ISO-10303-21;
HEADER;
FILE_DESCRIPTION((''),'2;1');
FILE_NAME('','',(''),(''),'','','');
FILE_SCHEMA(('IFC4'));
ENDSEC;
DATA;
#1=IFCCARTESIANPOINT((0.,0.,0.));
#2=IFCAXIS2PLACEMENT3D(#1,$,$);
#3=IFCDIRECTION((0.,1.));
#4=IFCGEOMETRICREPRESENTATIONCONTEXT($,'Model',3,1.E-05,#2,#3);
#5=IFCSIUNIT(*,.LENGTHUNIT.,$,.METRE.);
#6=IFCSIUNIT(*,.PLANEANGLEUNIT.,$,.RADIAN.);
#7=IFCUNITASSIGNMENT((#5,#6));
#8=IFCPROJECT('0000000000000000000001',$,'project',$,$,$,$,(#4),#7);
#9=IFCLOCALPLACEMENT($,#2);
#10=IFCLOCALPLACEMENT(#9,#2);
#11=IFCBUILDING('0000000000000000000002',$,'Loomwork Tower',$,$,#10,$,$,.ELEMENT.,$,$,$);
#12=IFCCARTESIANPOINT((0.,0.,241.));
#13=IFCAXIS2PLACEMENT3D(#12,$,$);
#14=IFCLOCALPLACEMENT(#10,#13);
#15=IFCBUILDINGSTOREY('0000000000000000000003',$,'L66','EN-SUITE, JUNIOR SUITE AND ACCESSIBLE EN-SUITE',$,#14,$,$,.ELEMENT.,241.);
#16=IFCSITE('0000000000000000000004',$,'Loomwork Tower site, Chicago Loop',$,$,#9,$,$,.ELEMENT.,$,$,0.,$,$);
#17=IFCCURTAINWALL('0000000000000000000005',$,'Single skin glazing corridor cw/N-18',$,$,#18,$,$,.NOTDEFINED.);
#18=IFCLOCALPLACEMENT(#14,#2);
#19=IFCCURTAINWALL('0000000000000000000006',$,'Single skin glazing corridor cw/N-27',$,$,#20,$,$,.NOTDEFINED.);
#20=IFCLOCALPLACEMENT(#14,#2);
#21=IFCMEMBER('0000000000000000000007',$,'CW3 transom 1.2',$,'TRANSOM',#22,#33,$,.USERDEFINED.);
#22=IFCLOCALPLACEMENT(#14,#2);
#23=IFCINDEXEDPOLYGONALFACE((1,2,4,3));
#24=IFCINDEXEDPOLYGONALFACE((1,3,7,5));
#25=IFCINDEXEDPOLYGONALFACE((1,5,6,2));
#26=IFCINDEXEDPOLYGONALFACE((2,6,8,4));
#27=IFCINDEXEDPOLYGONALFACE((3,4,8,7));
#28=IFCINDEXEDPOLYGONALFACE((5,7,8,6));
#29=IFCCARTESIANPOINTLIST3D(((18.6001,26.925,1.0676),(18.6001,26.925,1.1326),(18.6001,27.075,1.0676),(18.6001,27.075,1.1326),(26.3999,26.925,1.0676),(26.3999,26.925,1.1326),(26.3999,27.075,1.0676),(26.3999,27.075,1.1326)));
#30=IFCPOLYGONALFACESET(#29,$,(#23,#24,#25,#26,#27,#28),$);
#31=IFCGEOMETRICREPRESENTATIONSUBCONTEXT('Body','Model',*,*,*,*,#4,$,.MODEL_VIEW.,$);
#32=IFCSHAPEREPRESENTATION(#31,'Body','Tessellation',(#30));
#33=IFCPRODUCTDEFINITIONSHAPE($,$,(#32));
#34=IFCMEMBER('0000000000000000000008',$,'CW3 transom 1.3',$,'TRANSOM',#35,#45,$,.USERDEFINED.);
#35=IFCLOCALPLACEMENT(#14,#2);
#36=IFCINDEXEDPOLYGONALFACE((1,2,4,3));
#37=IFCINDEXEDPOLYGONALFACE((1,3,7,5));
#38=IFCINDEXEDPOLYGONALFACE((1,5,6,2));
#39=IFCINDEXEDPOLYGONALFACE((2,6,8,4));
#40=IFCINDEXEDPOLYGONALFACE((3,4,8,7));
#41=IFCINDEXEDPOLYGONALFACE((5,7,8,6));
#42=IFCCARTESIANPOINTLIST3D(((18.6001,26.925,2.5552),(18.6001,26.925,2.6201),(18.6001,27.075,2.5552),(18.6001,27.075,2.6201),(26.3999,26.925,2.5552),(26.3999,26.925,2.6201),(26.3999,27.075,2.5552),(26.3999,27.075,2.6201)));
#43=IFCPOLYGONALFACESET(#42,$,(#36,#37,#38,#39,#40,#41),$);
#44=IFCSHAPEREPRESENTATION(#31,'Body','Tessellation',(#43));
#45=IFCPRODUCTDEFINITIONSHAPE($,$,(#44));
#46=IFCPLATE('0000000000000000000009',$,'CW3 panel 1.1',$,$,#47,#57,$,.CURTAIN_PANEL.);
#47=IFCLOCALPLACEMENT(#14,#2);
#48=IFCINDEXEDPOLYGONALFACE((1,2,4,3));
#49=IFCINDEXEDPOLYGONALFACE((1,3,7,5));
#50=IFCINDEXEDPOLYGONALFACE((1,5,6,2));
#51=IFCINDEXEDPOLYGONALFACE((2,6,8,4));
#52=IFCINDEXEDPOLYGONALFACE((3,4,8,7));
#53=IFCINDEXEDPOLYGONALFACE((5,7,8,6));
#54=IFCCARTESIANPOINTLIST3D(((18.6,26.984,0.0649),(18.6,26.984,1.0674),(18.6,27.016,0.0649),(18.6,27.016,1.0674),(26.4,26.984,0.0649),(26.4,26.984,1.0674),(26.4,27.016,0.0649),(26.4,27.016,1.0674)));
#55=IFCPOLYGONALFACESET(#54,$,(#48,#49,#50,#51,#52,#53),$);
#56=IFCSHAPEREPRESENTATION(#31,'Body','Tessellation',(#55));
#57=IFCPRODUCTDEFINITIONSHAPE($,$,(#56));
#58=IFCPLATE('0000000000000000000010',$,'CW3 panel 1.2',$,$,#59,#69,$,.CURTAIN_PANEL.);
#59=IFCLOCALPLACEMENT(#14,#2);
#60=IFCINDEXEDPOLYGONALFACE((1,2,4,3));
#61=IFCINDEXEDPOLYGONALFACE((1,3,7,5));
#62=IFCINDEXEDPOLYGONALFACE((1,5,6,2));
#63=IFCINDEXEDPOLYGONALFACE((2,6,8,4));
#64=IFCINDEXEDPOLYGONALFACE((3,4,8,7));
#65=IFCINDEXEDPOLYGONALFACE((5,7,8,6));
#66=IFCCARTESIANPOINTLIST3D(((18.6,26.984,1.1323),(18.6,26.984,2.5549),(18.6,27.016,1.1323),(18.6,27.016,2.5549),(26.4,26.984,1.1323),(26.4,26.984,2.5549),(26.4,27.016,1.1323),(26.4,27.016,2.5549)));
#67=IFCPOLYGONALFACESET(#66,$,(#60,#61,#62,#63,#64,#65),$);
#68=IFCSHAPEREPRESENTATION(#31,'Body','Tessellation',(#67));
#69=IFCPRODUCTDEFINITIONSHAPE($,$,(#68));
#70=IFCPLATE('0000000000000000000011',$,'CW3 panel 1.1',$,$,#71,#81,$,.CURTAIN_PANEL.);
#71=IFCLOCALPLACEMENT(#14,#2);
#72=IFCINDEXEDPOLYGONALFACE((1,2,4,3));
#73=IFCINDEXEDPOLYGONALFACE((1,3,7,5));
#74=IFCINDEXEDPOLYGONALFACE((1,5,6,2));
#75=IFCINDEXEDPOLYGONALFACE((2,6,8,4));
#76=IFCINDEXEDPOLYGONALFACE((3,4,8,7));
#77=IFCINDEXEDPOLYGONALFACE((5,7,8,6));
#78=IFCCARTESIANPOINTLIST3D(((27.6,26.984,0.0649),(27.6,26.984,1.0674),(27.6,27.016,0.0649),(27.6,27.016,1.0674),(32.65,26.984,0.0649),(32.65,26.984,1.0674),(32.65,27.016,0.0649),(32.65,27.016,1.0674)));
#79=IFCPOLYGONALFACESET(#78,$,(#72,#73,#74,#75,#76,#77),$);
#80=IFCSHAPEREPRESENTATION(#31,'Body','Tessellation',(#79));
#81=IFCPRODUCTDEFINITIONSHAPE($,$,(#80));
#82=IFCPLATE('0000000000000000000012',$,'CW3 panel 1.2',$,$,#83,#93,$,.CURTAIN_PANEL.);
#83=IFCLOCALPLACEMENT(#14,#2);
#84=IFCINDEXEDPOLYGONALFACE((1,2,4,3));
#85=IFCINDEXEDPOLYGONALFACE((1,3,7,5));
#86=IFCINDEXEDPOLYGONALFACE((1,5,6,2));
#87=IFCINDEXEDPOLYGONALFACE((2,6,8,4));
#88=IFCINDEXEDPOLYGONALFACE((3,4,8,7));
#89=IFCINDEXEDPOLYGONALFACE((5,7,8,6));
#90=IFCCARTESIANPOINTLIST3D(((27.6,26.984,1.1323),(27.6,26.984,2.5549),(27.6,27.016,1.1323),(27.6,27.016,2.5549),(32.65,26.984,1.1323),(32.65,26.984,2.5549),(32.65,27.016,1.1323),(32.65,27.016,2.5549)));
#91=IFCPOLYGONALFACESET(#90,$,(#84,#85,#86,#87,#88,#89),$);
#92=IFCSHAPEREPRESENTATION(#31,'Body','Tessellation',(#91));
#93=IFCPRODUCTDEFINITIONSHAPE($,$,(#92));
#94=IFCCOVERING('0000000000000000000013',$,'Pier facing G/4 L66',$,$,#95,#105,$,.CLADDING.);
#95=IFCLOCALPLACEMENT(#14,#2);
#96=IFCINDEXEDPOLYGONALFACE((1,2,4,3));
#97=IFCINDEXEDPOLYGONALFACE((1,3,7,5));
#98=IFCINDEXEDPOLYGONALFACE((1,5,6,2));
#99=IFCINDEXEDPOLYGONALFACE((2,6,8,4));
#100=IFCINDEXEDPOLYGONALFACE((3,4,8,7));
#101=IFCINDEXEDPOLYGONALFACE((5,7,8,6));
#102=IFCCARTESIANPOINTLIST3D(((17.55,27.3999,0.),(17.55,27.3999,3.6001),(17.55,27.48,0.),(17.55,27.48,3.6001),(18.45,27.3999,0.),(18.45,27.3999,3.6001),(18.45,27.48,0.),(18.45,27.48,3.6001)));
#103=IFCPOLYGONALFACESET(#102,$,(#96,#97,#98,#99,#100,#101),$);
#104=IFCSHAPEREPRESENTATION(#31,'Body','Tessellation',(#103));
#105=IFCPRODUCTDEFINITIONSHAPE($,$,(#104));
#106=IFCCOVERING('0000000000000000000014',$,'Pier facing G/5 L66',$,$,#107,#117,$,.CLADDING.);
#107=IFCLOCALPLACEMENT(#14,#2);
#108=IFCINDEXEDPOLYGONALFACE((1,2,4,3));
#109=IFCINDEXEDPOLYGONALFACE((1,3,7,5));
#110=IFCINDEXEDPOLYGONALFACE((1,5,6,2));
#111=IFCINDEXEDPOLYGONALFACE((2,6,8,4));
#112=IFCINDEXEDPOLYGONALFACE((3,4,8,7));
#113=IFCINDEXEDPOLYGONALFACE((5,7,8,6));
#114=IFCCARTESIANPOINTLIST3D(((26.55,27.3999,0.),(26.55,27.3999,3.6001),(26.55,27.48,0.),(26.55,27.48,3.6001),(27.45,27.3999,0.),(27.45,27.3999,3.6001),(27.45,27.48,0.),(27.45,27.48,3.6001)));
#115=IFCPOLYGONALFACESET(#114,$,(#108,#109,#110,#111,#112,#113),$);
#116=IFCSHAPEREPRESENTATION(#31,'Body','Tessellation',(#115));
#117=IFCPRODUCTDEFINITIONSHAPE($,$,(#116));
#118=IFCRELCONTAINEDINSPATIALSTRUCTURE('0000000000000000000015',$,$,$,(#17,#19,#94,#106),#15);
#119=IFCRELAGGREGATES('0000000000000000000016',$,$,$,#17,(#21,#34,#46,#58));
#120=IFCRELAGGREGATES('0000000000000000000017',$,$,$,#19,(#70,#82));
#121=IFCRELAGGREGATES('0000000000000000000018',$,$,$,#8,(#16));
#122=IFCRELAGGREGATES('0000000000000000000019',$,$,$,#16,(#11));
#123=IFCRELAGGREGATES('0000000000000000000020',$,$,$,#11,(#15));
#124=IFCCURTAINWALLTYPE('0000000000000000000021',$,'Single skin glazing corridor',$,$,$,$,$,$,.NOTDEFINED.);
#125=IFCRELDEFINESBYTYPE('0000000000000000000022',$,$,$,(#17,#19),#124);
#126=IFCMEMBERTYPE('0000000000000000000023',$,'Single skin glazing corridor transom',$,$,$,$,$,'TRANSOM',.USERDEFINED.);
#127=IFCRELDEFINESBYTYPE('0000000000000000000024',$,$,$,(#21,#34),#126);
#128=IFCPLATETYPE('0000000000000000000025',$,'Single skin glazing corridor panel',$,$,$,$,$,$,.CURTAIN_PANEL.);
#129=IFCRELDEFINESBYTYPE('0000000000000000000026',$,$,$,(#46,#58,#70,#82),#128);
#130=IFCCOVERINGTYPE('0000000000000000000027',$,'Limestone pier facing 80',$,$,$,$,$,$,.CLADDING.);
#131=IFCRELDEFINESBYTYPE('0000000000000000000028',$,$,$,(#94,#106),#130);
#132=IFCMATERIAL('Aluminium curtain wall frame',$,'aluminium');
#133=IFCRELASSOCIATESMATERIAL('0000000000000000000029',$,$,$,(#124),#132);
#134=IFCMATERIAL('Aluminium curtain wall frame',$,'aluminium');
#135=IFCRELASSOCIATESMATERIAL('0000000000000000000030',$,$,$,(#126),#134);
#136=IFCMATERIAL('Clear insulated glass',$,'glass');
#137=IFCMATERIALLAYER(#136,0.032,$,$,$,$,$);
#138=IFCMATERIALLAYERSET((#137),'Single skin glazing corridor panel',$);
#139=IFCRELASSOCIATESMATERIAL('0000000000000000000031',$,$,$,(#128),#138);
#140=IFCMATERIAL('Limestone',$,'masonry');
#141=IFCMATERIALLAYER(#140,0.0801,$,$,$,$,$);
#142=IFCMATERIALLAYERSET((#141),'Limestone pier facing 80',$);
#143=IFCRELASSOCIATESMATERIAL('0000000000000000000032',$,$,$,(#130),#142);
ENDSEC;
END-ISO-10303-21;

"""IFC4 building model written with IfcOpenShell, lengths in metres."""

from ifc_helpers import new_model, si_unit, direction, frame, origin, origin_2d, place, context, subcontext, project, spatial, rectangle, extrude, material, layer, layer_set, material_profile, profile_set, type_object, element, aggregate, save


model = new_model("IFC4")

# Units and contexts
model_context = context("Model", 3, precision=1e-05, world=origin(), true_north=direction((0.0, 1.0)))
body_context = subcontext(model_context, "Body", "Model", "MODEL_VIEW")
ifc_project = project(units=[si_unit("LENGTHUNIT", "METRE"), si_unit("PLANEANGLEUNIT", "RADIAN")], contexts=[model_context])

# Site, building, storey
site_placement = place(None, origin())
site = spatial("IfcSite", under=ifc_project, at=site_placement, Name="Loomwork Tower site, Chicago Loop", CompositionType="ELEMENT", RefElevation=0.0)
building_placement = place(site_placement, origin())
building = spatial("IfcBuilding", under=site, at=building_placement, Name="Loomwork Tower", CompositionType="ELEMENT")
storey_placement = place(building_placement, frame((0.0, 0.0, 241.0)))
storey = spatial("IfcBuildingStorey", under=building, at=storey_placement, Name="L66", Description="EN-SUITE, JUNIOR SUITE AND ACCESSIBLE EN-SUITE", CompositionType="ELEMENT", Elevation=241.0)

# Shared definitions
ifc_material_1 = material(Name="Aluminium curtain wall frame", Category="aluminium")
curtain_wall_type = type_object("IfcCurtainWallType", Name="Single skin glazing corridor", PredefinedType="NOTDEFINED", material=ifc_material_1)

# Curtain wall
curtain_wall_1_placement = place(storey_placement, origin())
curtain_wall_1 = element("IfcCurtainWall", 1, at=curtain_wall_1_placement, inside=storey, type_object=curtain_wall_type, Name="Single skin glazing corridor cw/N-18", PredefinedType="NOTDEFINED")

# Curtain wall
curtain_wall_2_placement = place(storey_placement, origin())
curtain_wall_2 = element("IfcCurtainWall", 2, at=curtain_wall_2_placement, inside=storey, type_object=curtain_wall_type, Name="Single skin glazing corridor cw/N-27", PredefinedType="NOTDEFINED")

# Members
ifc_material_2 = material(Name="Aluminium curtain wall frame", Category="aluminium")
ifc_material_profile_1 = material_profile(ifc_material_2, rectangle(XDim=0.1499, YDim=0.0649, at=origin_2d()), Name="AL 65x150")
ifc_profile_set_1 = profile_set([ifc_material_profile_1], Name="Aluminium curtain wall frame")
member_type_1 = type_object("IfcMemberType", Name="Single skin glazing corridor transom", ElementType="TRANSOM", PredefinedType="USERDEFINED", material=ifc_profile_set_1)
member_1_placement = place(storey_placement, frame((26.3999, 27.0, 1.1001), z_axis=(-1.0, 0.0, 0.0), x_axis=(0.0, -1.0, 0.0)))
member_1 = element("IfcMember", 3, at=member_1_placement, type_object=member_type_1, Name="CW3 transom 1.2", ObjectType="TRANSOM", PredefinedType="USERDEFINED", context=body_context, shape_type="SweptSolid", body=[
    extrude(rectangle(XDim=0.1499, YDim=0.0649, at=origin_2d()), origin(), (0.0, 0.0, 1.0), 7.7998),
])
member_2_placement = place(storey_placement, frame((26.3999, 27.0, 2.5876), z_axis=(-1.0, 0.0, 0.0), x_axis=(0.0, -1.0, 0.0)))
member_2 = element("IfcMember", 4, at=member_2_placement, type_object=member_type_1, Name="CW3 transom 1.3", ObjectType="TRANSOM", PredefinedType="USERDEFINED", context=body_context, shape_type="SweptSolid", body=[
    extrude(rectangle(XDim=0.1499, YDim=0.0649, at=origin_2d()), origin(), (0.0, 0.0, 1.0), 7.7998),
])

# Plates
ifc_material_3 = material(Name="Clear insulated glass", Category="glass")
ifc_layer_1 = layer(ifc_material_3, 0.032)
ifc_layer_set_1 = layer_set([ifc_layer_1], Name="Single skin glazing corridor panel")
plate_type = type_object("IfcPlateType", Name="Single skin glazing corridor panel", PredefinedType="CURTAIN_PANEL", material=ifc_layer_set_1)
plate_1_placement = place(storey_placement, frame((22.5, 27.0, 0.0649), z_axis=(0.0, 0.0, 1.0), x_axis=(-1.0, 0.0, 0.0)))
plate_1 = element("IfcPlate", 5, at=plate_1_placement, type_object=plate_type, Name="CW3 panel 1.1", PredefinedType="CURTAIN_PANEL", context=body_context, shape_type="SweptSolid", body=[
    extrude(rectangle(XDim=7.8, YDim=0.032, at=origin_2d()), origin(), (0.0, 0.0, 1.0), 1.0024),
])
plate_2_placement = place(storey_placement, frame((22.5, 27.0, 1.1323), z_axis=(0.0, 0.0, 1.0), x_axis=(-1.0, 0.0, 0.0)))
plate_2 = element("IfcPlate", 6, at=plate_2_placement, type_object=plate_type, Name="CW3 panel 1.2", PredefinedType="CURTAIN_PANEL", context=body_context, shape_type="SweptSolid", body=[
    extrude(rectangle(XDim=7.8, YDim=0.032, at=origin_2d()), origin(), (0.0, 0.0, 1.0), 1.4226),
])
aggregate(curtain_wall_1, [member_1, member_2, plate_1, plate_2])
plate_3_placement = place(storey_placement, frame((30.125, 27.0, 0.0649), z_axis=(0.0, 0.0, 1.0), x_axis=(-1.0, 0.0, 0.0)))
plate_3 = element("IfcPlate", 7, at=plate_3_placement, type_object=plate_type, Name="CW3 panel 1.1", PredefinedType="CURTAIN_PANEL", context=body_context, shape_type="SweptSolid", body=[
    extrude(rectangle(XDim=5.05, YDim=0.032, at=origin_2d()), origin(), (0.0, 0.0, 1.0), 1.0024),
])
plate_4_placement = place(storey_placement, frame((30.125, 27.0, 1.1323), z_axis=(0.0, 0.0, 1.0), x_axis=(-1.0, 0.0, 0.0)))
plate_4 = element("IfcPlate", 8, at=plate_4_placement, type_object=plate_type, Name="CW3 panel 1.2", PredefinedType="CURTAIN_PANEL", context=body_context, shape_type="SweptSolid", body=[
    extrude(rectangle(XDim=5.05, YDim=0.032, at=origin_2d()), origin(), (0.0, 0.0, 1.0), 1.4226),
])
aggregate(curtain_wall_2, [plate_3, plate_4])

# Coverings
ifc_material_4 = material(Name="Limestone", Category="masonry")
ifc_layer_2 = layer(ifc_material_4, 0.0801)
ifc_layer_set_2 = layer_set([ifc_layer_2], Name="Limestone pier facing 80")
covering_type = type_object("IfcCoveringType", Name="Limestone pier facing 80", PredefinedType="CLADDING", material=ifc_layer_set_2)
for number, where, z_axis, x_axis, name in (
    (9, (18.0, 27.4399, 0.0), (0.0, 0.0, 1.0), (1.0, 0.0, 0.0), "Pier facing G/4 L66"),
    (10, (27.0, 27.4399, 0.0), (0.0, 0.0, 1.0), (1.0, 0.0, 0.0), "Pier facing G/5 L66"),
):
    element("IfcCovering", number, at=place(storey_placement, frame(where, z_axis=z_axis, x_axis=x_axis)), inside=storey, type_object=covering_type, Name=name, PredefinedType="CLADDING", context=body_context, shape_type="SweptSolid", body=[
        extrude(rectangle(XDim=0.8999, YDim=0.0801, at=origin_2d()), origin(), (0.0, 0.0, 1.0), 3.6001),
    ])

save(model, "model.ifc")
